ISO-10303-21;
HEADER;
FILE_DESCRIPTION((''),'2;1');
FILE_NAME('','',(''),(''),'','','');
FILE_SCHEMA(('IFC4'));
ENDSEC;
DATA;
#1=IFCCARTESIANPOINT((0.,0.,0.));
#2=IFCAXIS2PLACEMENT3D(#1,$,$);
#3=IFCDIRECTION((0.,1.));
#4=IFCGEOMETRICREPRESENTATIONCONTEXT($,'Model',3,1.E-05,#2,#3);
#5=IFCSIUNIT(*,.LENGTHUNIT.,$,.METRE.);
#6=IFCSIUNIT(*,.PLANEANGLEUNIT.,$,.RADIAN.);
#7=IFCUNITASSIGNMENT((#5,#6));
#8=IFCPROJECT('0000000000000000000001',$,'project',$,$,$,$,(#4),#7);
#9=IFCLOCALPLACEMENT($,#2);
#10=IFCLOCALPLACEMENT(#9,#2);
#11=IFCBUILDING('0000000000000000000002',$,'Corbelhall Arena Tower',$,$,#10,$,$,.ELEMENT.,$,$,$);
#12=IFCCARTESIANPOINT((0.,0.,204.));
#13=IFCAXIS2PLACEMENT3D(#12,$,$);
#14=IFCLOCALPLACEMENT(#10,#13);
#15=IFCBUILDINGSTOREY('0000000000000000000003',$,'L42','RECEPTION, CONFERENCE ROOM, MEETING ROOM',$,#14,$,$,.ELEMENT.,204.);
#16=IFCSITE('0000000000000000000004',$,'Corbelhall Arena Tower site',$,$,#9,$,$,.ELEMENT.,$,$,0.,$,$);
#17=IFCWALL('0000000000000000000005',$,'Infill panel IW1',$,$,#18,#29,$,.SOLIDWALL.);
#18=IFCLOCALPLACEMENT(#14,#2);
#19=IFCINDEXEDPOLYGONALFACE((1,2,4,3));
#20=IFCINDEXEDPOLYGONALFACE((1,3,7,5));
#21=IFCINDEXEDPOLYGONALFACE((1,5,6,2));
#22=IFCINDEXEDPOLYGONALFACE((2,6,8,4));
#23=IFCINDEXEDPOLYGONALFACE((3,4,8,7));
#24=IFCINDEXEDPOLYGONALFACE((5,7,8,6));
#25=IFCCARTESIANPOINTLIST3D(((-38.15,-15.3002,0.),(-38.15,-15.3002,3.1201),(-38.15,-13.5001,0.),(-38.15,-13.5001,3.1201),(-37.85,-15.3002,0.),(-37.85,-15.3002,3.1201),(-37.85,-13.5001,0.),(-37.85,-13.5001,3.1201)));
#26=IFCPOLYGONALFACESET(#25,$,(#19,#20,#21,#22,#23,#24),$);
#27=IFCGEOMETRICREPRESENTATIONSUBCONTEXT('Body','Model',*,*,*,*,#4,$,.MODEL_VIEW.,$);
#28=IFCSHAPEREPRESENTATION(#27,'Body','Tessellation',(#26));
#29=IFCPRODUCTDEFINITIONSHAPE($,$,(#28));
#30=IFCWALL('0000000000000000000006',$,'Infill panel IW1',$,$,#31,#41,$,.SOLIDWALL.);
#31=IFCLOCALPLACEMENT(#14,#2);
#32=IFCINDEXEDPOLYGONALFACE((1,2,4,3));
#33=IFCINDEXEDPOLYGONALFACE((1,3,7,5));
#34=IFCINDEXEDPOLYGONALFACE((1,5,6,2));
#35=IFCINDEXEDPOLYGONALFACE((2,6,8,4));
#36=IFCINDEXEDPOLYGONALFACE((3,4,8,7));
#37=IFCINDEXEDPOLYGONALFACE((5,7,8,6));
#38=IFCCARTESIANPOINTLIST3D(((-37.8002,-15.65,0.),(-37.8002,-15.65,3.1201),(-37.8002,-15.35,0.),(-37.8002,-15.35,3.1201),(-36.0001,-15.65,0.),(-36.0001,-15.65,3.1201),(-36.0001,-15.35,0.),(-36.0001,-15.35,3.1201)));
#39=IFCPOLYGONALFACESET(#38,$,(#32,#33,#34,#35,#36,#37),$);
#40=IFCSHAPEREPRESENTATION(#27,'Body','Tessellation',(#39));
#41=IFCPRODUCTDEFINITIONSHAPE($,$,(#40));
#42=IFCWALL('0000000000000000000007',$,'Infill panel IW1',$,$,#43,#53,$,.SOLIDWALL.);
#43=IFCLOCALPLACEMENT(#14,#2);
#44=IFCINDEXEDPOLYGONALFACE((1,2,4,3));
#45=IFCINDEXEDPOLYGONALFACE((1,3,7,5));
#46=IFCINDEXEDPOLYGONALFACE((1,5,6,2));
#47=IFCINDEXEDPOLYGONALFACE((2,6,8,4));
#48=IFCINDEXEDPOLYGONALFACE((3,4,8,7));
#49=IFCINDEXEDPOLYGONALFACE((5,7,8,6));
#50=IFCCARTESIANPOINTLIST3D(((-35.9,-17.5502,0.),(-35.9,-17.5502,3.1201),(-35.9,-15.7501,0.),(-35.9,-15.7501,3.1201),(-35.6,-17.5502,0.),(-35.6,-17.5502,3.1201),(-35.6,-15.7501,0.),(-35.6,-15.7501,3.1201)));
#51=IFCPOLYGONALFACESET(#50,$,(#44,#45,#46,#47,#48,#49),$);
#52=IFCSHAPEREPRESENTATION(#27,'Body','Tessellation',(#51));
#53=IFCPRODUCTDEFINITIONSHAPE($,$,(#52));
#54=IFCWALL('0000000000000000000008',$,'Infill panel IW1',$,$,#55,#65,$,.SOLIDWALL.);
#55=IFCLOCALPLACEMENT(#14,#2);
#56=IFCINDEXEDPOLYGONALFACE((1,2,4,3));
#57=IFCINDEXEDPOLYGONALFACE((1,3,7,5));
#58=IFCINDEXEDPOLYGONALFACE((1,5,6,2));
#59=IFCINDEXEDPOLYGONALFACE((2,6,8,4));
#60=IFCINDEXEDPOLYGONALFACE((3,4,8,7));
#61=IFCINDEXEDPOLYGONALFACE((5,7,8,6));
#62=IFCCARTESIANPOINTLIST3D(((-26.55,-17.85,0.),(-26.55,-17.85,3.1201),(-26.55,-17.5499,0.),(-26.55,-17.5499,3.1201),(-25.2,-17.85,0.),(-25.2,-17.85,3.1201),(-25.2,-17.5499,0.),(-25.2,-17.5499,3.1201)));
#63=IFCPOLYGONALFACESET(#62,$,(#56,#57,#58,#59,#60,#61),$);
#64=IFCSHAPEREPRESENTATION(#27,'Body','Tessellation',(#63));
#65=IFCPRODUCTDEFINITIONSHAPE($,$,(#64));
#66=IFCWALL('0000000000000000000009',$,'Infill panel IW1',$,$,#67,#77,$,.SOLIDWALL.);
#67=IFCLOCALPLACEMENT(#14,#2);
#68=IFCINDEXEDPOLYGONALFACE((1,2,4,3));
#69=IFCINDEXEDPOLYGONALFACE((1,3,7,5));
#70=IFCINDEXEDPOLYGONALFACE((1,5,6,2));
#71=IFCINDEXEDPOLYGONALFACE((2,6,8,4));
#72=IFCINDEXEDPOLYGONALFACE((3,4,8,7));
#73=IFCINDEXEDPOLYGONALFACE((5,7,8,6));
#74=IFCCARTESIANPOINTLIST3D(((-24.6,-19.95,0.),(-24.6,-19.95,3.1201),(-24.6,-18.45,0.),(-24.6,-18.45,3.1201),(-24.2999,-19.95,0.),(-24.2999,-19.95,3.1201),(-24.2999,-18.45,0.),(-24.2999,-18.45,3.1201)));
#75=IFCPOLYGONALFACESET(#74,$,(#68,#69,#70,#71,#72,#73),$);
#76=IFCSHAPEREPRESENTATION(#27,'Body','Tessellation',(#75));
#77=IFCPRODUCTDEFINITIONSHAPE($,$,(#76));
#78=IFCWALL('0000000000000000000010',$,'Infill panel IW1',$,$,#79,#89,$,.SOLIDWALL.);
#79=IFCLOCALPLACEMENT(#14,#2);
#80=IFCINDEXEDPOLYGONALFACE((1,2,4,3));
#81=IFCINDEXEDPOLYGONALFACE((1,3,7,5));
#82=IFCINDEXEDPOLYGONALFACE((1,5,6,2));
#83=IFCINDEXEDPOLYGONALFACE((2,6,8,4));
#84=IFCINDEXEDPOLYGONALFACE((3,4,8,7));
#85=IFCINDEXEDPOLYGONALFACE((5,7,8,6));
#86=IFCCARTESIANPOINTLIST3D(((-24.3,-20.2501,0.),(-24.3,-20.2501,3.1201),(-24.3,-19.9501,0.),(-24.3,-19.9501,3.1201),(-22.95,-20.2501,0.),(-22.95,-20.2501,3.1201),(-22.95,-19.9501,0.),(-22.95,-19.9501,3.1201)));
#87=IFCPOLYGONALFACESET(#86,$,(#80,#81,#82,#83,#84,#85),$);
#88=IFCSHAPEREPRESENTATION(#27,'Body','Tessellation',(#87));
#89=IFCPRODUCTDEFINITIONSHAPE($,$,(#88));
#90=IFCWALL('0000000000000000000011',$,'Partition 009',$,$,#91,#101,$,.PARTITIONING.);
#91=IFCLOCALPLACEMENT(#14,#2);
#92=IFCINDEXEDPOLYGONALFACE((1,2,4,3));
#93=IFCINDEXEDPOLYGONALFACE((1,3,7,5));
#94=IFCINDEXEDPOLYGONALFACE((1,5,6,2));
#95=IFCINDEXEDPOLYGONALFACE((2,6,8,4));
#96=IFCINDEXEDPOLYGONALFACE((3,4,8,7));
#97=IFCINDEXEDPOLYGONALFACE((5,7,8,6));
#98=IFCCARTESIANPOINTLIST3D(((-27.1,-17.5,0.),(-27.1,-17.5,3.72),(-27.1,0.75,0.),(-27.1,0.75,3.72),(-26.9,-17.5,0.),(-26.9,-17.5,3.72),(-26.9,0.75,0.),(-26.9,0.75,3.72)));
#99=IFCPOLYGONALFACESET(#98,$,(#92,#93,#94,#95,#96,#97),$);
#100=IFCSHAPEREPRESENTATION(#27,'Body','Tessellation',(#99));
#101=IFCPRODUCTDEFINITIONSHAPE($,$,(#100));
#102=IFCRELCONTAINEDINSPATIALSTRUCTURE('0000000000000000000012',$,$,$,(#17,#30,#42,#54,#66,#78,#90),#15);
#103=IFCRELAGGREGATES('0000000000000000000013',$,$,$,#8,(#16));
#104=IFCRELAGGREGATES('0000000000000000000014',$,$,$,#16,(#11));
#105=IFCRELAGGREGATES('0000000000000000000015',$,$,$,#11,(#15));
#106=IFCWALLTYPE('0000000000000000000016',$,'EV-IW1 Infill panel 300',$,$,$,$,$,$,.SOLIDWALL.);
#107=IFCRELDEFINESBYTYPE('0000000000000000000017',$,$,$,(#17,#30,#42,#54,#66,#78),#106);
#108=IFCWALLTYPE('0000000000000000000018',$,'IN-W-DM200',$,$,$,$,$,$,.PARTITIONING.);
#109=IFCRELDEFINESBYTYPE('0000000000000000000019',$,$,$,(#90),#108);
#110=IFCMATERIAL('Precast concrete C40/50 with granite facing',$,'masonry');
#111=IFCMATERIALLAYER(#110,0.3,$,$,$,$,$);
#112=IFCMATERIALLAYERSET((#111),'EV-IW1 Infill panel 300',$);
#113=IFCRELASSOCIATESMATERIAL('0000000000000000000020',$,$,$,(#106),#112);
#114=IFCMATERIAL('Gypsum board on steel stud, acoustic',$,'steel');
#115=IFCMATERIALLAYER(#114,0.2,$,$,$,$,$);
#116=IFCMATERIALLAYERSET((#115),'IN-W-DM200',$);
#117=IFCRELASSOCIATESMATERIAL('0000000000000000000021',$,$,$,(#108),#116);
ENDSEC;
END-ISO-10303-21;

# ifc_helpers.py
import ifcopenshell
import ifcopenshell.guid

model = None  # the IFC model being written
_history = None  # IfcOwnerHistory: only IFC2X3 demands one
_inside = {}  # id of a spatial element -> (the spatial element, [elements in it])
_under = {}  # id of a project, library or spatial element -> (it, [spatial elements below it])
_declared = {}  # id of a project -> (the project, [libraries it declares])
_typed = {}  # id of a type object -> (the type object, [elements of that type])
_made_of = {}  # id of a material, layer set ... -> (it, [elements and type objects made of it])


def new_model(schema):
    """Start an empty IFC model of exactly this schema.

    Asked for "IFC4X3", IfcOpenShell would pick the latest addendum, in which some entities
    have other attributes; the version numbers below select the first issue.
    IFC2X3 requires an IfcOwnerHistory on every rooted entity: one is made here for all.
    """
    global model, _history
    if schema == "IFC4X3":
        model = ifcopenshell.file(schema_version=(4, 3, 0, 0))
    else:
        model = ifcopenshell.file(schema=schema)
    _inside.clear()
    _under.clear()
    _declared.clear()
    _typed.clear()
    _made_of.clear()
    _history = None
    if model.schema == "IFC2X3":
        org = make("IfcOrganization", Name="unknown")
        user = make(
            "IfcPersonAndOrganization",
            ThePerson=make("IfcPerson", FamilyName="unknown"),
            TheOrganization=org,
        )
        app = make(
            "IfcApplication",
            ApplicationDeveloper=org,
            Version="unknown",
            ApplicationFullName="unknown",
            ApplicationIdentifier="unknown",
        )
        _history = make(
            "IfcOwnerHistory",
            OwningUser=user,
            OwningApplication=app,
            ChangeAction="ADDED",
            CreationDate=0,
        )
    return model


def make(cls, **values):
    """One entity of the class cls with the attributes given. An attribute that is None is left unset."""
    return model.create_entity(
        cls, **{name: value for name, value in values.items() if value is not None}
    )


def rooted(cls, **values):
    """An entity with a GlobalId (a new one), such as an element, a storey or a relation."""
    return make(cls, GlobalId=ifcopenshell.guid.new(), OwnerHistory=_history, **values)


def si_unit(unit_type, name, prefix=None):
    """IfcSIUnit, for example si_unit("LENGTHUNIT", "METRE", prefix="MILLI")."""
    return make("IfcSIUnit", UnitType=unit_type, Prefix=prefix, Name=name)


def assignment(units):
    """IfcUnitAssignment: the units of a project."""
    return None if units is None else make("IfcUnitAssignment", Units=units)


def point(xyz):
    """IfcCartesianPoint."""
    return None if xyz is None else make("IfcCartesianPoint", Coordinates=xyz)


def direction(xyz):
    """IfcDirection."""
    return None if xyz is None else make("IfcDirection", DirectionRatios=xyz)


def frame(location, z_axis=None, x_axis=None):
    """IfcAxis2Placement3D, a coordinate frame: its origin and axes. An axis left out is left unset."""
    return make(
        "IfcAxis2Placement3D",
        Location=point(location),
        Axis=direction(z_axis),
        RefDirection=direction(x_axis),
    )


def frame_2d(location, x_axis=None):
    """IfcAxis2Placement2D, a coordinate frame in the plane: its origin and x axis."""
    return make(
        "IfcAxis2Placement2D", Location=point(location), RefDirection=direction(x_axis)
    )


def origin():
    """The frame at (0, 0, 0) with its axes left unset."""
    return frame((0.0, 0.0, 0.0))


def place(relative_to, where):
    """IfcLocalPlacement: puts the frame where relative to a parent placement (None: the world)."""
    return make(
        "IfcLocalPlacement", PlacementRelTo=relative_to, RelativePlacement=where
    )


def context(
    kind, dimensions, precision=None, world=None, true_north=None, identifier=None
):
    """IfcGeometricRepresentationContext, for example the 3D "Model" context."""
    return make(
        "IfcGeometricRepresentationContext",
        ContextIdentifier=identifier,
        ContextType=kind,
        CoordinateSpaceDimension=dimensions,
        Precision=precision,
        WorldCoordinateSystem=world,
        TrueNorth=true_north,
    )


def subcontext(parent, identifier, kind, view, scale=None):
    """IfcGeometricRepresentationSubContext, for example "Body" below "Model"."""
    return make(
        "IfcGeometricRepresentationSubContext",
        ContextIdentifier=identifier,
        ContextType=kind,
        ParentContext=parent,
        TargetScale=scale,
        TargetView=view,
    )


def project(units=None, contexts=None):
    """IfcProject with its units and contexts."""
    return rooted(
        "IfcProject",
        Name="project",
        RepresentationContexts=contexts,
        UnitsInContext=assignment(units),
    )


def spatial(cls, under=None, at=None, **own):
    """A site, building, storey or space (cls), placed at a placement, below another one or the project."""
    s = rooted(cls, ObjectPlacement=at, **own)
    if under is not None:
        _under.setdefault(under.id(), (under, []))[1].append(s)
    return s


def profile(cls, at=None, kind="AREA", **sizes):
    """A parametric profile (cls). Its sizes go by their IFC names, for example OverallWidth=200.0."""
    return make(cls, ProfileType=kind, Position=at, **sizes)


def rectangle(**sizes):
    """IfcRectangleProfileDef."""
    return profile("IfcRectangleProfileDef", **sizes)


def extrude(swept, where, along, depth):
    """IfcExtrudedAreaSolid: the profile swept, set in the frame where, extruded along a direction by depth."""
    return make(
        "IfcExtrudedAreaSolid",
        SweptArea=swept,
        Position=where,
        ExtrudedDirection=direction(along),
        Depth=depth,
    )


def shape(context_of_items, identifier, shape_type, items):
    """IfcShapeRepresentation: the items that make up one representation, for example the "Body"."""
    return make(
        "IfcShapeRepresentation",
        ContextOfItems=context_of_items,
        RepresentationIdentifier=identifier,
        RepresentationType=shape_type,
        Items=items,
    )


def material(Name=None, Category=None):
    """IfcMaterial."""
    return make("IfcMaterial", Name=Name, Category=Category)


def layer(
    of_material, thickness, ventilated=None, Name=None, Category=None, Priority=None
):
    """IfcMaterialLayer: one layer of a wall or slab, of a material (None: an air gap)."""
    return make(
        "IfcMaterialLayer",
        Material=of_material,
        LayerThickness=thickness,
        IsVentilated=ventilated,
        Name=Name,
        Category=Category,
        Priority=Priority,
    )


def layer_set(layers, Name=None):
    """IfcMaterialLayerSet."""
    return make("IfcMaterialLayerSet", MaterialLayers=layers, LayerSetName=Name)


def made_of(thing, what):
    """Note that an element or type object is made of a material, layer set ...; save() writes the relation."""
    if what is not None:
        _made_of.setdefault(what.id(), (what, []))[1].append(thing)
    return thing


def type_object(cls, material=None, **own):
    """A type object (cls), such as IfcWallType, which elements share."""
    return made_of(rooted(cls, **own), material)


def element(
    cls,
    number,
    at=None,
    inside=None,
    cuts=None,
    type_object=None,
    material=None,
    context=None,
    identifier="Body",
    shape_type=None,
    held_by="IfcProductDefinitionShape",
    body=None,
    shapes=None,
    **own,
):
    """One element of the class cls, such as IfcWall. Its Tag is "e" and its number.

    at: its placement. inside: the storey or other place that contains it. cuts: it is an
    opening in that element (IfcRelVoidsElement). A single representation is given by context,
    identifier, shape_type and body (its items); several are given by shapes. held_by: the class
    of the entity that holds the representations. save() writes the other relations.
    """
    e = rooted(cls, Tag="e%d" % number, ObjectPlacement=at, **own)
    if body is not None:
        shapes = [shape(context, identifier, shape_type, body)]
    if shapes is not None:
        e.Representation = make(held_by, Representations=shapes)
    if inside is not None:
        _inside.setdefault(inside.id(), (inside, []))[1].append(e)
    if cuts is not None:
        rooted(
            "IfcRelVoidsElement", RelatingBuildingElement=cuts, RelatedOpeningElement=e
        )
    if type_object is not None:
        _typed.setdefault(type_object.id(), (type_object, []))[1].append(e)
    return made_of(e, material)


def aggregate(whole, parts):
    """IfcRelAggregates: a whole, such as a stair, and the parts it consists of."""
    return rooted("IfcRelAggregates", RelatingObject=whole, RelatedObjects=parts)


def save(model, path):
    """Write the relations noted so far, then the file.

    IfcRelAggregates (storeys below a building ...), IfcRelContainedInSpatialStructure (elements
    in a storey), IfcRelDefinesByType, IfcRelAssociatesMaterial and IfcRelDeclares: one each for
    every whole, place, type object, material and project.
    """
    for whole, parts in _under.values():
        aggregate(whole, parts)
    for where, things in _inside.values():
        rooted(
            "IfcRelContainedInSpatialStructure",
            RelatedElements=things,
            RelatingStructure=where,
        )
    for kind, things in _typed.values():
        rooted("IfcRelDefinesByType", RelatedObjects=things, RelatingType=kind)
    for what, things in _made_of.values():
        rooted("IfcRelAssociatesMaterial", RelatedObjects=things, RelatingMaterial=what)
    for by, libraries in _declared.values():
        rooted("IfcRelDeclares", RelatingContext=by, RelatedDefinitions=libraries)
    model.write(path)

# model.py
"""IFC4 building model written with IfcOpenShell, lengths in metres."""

from ifc_helpers import new_model, si_unit, direction, frame, frame_2d, origin, place, context, subcontext, project, spatial, rectangle, extrude, material, layer, layer_set, type_object, element, save


model = new_model("IFC4")

# Units and contexts
model_context = context("Model", 3, precision=1e-05, world=origin(), true_north=direction((0.0, 1.0)))
body_context = subcontext(model_context, "Body", "Model", "MODEL_VIEW")
ifc_project = project(units=[si_unit("LENGTHUNIT", "METRE"), si_unit("PLANEANGLEUNIT", "RADIAN")], contexts=[model_context])

# Site, building, storey
site_placement = place(None, origin())
site = spatial("IfcSite", under=ifc_project, at=site_placement, Name="Corbelhall Arena Tower site", CompositionType="ELEMENT", RefElevation=0.0)
building_placement = place(site_placement, origin())
building = spatial("IfcBuilding", under=site, at=building_placement, Name="Corbelhall Arena Tower", CompositionType="ELEMENT")
storey_placement = place(building_placement, frame((0.0, 0.0, 204.0)))
storey = spatial("IfcBuildingStorey", under=building, at=storey_placement, Name="L42", Description="RECEPTION, CONFERENCE ROOM, MEETING ROOM", CompositionType="ELEMENT", Elevation=204.0)

# Walls
ifc_material_1 = material(Name="Precast concrete C40/50 with granite facing", Category="masonry")
ifc_layer_1 = layer(ifc_material_1, 0.3)
ifc_layer_set_1 = layer_set([ifc_layer_1], Name="EV-IW1 Infill panel 300")
wall_type_1 = type_object("IfcWallType", Name="EV-IW1 Infill panel 300", PredefinedType="SOLIDWALL", material=ifc_layer_set_1)
for number, where, z_axis, x_axis, name in (
    (1, (-38.0, -15.3, 0.0), (0.0, 0.0, 1.0), (0.0, 1.0, 0.0), "Infill panel IW1"),
    (2, (-37.8, -15.5, 0.0), (0.0, 0.0, 1.0), (1.0, 0.0, 0.0), "Infill panel IW1"),
    (3, (-35.75, -17.55, 0.0), (0.0, 0.0, 1.0), (0.0, 1.0, 0.0), "Infill panel IW1"),
):
    element("IfcWall", number, at=place(storey_placement, frame(where, z_axis=z_axis, x_axis=x_axis)), inside=storey, type_object=wall_type_1, Name=name, PredefinedType="SOLIDWALL", context=body_context, shape_type="SweptSolid", body=[
        extrude(rectangle(XDim=1.8, YDim=0.3, at=frame_2d((0.8999, 0.0))), origin(), (0.0, 0.0, 1.0), 3.1201),
    ])

# Walls
wall_1_placement = place(storey_placement, frame((-26.55, -17.7, 0.0), z_axis=(0.0, 0.0, 1.0), x_axis=(1.0, 0.0, 0.0)))
element("IfcWall", 4, at=wall_1_placement, inside=storey, type_object=wall_type_1, Name="Infill panel IW1", PredefinedType="SOLIDWALL", context=body_context, shape_type="SweptSolid", body=[
    extrude(rectangle(XDim=1.3501, YDim=0.3, at=frame_2d((0.675, 0.0))), origin(), (0.0, 0.0, 1.0), 3.1201),
])
wall_2_placement = place(storey_placement, frame((-24.45, -18.45, 0.0), z_axis=(0.0, 0.0, 1.0), x_axis=(0.0, -1.0, 0.0)))
element("IfcWall", 5, at=wall_2_placement, inside=storey, type_object=wall_type_1, Name="Infill panel IW1", PredefinedType="SOLIDWALL", context=body_context, shape_type="SweptSolid", body=[
    extrude(rectangle(XDim=1.5, YDim=0.3, at=frame_2d((0.75, 0.0))), origin(), (0.0, 0.0, 1.0), 3.1201),
])
wall_3_placement = place(storey_placement, frame((-24.3, -20.1001, 0.0), z_axis=(0.0, 0.0, 1.0), x_axis=(1.0, 0.0, 0.0)))
element("IfcWall", 6, at=wall_3_placement, inside=storey, type_object=wall_type_1, Name="Infill panel IW1", PredefinedType="SOLIDWALL", context=body_context, shape_type="SweptSolid", body=[
    extrude(rectangle(XDim=1.3501, YDim=0.3, at=frame_2d((0.675, 0.0))), origin(), (0.0, 0.0, 1.0), 3.1201),
])
ifc_material_2 = material(Name="Gypsum board on steel stud, acoustic", Category="steel")
ifc_layer_2 = layer(ifc_material_2, 0.2)
ifc_layer_set_2 = layer_set([ifc_layer_2], Name="IN-W-DM200")
wall_type_2 = type_object("IfcWallType", Name="IN-W-DM200", PredefinedType="PARTITIONING", material=ifc_layer_set_2)
wall_4_placement = place(storey_placement, frame((-27.0, -17.5, 0.0), z_axis=(0.0, 0.0, 1.0), x_axis=(0.0, 1.0, 0.0)))
element("IfcWall", 7, at=wall_4_placement, inside=storey, type_object=wall_type_2, Name="Partition 009", PredefinedType="PARTITIONING", context=body_context, shape_type="SweptSolid", body=[
    extrude(rectangle(XDim=18.25, YDim=0.2, at=frame_2d((9.125, 0.0))), origin(), (0.0, 0.0, 1.0), 3.72),
])

save(model, "model.ifc")
